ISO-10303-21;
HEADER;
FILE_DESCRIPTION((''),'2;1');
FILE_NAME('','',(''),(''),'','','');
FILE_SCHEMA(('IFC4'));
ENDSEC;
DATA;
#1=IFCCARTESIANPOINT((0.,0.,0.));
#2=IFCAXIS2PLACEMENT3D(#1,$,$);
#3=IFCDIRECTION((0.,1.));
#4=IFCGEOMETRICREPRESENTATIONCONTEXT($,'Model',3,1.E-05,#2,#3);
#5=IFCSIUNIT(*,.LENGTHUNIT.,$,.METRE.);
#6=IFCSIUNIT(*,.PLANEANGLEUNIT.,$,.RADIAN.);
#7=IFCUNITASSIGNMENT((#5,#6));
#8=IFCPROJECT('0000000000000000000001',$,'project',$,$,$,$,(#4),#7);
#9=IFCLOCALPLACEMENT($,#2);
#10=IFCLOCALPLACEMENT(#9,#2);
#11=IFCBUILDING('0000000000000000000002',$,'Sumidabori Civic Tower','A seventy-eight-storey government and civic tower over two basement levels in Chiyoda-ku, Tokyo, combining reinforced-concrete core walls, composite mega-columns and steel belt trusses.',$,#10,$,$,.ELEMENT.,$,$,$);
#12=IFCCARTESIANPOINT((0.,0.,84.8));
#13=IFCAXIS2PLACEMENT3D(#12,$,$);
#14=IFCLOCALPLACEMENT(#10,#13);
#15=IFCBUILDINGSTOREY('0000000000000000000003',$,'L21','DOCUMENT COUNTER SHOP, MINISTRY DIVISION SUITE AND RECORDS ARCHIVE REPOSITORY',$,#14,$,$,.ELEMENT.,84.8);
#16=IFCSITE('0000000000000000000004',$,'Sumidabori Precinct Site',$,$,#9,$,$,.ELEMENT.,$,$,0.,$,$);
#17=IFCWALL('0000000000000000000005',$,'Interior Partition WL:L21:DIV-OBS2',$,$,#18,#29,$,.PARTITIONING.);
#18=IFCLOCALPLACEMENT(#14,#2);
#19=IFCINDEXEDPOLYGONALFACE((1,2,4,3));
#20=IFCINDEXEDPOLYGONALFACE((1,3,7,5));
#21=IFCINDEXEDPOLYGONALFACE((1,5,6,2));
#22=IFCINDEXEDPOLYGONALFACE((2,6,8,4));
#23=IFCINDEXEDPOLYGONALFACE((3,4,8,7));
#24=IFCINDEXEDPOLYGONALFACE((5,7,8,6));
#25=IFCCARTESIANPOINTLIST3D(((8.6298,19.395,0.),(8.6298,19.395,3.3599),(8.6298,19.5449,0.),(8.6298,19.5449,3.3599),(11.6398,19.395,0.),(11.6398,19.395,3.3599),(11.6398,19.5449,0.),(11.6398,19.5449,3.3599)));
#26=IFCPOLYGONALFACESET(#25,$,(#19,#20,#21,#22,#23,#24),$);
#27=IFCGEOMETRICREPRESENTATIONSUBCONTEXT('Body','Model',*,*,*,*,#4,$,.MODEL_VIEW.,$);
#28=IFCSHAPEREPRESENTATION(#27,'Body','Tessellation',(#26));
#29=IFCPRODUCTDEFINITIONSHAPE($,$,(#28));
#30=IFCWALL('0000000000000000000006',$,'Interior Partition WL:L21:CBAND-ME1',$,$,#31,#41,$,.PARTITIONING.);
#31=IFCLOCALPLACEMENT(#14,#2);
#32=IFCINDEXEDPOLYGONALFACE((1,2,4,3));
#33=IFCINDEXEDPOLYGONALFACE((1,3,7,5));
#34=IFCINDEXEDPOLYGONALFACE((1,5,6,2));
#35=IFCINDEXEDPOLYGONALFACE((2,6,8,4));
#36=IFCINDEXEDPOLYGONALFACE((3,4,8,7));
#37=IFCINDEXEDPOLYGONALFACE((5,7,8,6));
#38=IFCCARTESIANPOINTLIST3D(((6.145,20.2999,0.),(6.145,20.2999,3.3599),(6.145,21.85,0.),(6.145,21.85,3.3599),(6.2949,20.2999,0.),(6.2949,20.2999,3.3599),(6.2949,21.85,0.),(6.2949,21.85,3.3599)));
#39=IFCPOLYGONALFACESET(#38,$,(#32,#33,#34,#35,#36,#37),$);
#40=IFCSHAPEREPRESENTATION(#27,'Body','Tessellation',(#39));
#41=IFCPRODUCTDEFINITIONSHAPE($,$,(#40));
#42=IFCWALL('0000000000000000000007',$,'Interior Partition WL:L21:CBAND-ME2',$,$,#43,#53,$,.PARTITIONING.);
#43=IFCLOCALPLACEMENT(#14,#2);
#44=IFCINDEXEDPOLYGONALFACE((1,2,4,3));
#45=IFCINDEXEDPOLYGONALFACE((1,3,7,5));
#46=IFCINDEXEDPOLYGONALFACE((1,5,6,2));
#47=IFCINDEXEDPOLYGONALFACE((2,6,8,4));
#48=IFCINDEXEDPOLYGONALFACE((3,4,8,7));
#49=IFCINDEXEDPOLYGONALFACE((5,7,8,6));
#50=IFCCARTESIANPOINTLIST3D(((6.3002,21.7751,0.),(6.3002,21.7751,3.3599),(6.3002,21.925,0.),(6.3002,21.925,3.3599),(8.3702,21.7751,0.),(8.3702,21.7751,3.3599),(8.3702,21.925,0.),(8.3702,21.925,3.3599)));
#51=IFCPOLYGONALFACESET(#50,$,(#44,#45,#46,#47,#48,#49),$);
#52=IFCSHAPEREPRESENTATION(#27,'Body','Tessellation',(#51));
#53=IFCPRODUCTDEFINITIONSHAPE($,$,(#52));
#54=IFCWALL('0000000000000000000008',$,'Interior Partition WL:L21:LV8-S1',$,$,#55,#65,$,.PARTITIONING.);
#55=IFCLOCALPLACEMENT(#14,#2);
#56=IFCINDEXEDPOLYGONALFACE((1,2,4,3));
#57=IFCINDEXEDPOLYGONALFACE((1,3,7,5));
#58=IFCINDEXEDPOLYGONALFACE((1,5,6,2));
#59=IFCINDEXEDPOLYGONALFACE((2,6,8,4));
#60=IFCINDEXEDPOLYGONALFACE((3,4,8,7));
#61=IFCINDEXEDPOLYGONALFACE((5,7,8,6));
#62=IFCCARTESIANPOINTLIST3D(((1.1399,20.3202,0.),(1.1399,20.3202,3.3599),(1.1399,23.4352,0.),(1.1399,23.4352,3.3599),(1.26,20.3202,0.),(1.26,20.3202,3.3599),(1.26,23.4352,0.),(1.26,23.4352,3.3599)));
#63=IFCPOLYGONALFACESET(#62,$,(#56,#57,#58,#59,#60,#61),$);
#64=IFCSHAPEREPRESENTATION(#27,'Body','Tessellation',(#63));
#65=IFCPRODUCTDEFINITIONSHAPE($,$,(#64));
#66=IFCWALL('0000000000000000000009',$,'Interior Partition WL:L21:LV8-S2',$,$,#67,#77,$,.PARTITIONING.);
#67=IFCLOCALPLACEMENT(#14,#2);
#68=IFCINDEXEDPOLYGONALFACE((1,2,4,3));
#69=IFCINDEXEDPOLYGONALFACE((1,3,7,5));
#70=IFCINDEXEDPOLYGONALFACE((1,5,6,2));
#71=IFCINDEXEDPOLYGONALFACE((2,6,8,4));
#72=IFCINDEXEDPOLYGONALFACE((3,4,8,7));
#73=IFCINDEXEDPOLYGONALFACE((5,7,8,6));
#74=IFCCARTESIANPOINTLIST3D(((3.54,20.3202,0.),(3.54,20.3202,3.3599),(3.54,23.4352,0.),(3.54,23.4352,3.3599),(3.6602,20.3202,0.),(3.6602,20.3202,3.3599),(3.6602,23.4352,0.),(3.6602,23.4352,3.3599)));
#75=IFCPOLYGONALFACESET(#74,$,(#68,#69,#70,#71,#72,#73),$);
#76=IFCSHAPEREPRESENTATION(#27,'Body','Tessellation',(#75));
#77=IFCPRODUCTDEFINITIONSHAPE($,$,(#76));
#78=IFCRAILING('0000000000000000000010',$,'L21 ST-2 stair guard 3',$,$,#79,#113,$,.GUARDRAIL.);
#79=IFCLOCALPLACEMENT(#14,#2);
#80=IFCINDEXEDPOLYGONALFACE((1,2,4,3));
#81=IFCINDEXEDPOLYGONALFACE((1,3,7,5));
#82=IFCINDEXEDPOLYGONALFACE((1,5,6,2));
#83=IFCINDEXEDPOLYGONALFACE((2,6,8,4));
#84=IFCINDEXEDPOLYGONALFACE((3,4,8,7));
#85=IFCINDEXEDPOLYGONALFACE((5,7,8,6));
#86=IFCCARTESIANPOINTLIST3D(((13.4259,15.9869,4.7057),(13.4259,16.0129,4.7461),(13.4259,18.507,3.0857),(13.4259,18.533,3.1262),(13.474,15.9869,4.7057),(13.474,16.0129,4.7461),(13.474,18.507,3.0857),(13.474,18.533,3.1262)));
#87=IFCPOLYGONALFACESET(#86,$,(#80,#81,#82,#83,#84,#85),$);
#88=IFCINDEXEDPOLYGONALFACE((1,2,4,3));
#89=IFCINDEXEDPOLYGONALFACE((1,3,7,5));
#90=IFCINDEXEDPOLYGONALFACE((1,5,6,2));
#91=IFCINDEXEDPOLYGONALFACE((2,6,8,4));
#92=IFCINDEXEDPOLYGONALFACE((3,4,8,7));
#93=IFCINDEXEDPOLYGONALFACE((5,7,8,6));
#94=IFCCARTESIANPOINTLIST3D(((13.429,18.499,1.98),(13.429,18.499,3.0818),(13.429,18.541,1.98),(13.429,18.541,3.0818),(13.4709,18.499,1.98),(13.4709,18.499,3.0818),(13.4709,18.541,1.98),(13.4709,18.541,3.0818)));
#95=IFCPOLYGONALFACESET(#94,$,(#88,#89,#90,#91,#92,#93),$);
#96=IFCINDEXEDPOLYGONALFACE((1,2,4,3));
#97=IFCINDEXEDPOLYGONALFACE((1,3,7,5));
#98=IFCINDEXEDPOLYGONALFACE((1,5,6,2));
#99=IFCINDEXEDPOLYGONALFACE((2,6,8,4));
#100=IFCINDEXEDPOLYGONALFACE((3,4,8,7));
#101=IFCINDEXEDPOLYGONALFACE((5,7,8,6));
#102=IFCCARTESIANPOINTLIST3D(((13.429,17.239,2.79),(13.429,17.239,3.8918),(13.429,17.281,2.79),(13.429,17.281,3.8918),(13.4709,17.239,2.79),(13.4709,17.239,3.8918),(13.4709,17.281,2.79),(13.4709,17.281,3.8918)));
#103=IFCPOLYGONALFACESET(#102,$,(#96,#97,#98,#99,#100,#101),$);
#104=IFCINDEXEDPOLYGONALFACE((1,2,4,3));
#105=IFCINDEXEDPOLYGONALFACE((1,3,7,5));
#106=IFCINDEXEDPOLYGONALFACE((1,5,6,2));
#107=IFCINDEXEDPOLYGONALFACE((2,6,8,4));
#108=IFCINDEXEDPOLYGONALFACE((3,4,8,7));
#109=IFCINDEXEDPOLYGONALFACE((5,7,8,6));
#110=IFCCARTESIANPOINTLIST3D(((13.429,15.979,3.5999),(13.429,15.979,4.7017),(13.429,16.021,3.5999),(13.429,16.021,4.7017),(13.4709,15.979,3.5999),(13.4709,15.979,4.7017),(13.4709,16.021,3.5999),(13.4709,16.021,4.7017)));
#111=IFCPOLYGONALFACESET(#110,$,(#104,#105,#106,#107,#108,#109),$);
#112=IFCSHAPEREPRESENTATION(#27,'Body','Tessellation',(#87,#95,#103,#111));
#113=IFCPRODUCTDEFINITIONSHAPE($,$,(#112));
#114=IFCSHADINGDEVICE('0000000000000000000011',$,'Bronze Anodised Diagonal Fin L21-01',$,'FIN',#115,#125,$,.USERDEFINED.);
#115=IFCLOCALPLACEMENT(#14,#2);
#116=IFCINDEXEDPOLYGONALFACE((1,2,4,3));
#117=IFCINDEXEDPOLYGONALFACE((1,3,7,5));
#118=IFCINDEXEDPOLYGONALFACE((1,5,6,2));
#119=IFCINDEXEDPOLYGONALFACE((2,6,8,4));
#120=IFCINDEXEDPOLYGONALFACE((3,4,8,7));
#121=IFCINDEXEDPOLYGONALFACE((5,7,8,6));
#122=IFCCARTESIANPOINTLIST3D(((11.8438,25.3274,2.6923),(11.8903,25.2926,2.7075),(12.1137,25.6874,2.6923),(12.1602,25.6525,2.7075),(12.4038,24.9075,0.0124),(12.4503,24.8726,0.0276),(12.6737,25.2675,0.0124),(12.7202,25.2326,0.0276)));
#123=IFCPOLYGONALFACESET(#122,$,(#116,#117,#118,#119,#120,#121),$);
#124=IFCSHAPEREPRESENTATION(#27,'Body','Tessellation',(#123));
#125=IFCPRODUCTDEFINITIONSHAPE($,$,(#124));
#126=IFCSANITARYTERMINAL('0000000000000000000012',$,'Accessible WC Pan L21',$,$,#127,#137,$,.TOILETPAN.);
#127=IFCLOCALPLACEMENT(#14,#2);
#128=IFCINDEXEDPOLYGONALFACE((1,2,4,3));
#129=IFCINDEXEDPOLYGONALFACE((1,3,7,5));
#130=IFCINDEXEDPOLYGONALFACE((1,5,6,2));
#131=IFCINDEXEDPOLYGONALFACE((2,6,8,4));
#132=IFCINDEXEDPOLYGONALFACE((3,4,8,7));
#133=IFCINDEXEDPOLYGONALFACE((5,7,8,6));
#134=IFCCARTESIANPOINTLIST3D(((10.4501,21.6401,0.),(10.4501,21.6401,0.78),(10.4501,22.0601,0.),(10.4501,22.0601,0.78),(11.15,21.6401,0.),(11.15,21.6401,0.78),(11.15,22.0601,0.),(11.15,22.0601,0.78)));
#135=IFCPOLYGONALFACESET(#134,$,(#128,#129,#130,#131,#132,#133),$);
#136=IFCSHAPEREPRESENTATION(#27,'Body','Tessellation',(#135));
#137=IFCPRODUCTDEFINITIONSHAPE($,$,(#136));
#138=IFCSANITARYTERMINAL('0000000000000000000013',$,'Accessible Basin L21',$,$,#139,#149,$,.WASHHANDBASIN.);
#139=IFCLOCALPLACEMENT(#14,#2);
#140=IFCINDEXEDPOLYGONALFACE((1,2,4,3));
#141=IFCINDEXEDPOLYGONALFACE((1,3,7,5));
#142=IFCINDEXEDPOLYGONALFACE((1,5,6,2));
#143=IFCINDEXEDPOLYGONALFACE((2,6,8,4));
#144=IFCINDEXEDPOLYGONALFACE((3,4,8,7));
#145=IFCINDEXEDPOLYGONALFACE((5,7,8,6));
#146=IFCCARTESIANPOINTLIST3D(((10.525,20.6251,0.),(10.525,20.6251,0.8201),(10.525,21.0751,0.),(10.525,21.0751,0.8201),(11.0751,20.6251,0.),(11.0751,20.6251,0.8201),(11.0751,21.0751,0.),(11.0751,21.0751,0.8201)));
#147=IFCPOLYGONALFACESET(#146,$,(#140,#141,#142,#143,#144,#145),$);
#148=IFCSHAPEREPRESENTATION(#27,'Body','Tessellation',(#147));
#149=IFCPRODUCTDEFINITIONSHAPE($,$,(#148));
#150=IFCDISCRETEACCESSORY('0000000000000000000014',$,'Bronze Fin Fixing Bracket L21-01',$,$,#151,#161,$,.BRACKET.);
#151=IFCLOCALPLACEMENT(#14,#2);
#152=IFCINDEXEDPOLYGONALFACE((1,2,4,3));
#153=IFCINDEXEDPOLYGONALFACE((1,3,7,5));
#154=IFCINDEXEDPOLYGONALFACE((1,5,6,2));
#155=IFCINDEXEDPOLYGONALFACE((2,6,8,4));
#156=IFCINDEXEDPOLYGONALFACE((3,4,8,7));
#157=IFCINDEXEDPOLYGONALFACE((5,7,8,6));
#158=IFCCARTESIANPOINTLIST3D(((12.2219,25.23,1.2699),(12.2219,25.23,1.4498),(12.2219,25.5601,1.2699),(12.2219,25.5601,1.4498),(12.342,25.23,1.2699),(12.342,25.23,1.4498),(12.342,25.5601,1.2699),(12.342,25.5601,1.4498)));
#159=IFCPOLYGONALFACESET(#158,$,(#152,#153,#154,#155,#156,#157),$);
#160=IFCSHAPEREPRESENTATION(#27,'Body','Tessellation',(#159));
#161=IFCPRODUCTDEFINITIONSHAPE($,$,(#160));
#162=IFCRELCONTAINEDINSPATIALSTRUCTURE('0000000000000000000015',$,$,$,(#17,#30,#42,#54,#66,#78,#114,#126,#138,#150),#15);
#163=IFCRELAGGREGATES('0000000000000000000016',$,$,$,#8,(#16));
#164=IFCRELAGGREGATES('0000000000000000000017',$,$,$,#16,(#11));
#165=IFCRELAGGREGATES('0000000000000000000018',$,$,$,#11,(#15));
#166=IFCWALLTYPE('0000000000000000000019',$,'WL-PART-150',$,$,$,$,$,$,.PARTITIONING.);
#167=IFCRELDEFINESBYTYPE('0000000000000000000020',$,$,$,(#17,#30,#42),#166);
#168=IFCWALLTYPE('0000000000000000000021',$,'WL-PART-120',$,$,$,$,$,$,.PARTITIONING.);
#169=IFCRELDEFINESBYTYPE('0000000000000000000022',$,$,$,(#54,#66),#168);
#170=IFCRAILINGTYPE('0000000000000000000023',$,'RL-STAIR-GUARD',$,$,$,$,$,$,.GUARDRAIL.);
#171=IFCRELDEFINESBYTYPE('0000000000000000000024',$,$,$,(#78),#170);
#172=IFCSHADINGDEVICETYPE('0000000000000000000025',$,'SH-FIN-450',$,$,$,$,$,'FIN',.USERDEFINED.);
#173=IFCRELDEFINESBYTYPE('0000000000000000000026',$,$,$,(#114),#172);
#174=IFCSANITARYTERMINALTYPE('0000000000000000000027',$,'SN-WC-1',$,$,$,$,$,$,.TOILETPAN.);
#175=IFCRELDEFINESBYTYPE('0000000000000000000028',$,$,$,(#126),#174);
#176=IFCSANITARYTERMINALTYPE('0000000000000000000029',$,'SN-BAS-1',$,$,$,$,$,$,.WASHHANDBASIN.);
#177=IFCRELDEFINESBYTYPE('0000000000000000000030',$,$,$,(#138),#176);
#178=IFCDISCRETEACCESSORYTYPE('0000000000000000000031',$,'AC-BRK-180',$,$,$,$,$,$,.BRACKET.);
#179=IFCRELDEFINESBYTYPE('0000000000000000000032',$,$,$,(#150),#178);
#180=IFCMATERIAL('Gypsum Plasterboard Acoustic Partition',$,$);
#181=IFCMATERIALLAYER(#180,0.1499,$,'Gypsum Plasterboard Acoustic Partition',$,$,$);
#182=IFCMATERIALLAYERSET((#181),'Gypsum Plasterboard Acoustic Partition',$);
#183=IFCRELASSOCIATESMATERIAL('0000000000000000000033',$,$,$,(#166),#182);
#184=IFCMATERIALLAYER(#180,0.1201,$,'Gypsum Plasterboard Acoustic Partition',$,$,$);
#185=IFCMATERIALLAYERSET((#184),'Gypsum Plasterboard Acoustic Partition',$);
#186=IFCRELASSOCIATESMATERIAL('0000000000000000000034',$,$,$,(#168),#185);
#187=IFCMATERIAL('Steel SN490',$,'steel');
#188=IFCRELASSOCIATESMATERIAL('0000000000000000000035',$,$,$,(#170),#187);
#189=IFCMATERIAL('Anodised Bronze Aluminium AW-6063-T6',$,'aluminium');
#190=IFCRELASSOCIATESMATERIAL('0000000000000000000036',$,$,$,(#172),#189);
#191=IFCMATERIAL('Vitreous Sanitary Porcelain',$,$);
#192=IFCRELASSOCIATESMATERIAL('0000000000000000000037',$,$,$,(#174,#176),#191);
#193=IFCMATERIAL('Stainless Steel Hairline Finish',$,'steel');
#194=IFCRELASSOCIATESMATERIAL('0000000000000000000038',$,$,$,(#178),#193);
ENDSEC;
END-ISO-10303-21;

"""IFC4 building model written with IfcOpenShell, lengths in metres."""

from ifc_helpers import new_model, si_unit, direction, frame, frame_2d, origin, origin_2d, place, context, subcontext, project, spatial, rectangle, extrude, source, transform, mapped, material, layer, layer_set, material_profile, profile_set, type_object, element, save


model = new_model("IFC4")

# Units and contexts
model_context = context("Model", 3, precision=1e-05, world=origin(), true_north=direction((0.0, 1.0)))
body_context = subcontext(model_context, "Body", "Model", "MODEL_VIEW")
ifc_project = project(units=[si_unit("LENGTHUNIT", "METRE"), si_unit("PLANEANGLEUNIT", "RADIAN")], contexts=[model_context])

# Site, building, storey
site_placement = place(None, origin())
site = spatial("IfcSite", under=ifc_project, at=site_placement, Name="Sumidabori Precinct Site", CompositionType="ELEMENT", RefElevation=0.0)
building_placement = place(site_placement, origin())
building = spatial("IfcBuilding", under=site, at=building_placement, Name="Sumidabori Civic Tower", Description="A seventy-eight-storey government and civic tower over two basement levels in Chiyoda-ku, Tokyo, combining reinforced-concrete core walls, composite mega-columns and steel belt trusses.", CompositionType="ELEMENT")
storey_placement = place(building_placement, frame((0.0, 0.0, 84.8)))
storey = spatial("IfcBuildingStorey", under=building, at=storey_placement, Name="L21", Description="DOCUMENT COUNTER SHOP, MINISTRY DIVISION SUITE AND RECORDS ARCHIVE REPOSITORY", CompositionType="ELEMENT", Elevation=84.8)

# Shared definitions
ifc_material_1 = material(Name="Steel SN490", Category="steel")

# Shared definitions
ifc_material_2 = material(Name="Anodised Bronze Aluminium AW-6063-T6", Category="aluminium")

# Walls
ifc_material_3 = material(Name="Gypsum Plasterboard Acoustic Partition")
ifc_layer_1 = layer(ifc_material_3, 0.1499, Name="Gypsum Plasterboard Acoustic Partition")
ifc_layer_set_1 = layer_set([ifc_layer_1], Name="Gypsum Plasterboard Acoustic Partition")
wall_type_1 = type_object("IfcWallType", Name="WL-PART-150", PredefinedType="PARTITIONING", material=ifc_layer_set_1)
shared_shape_1 = source(origin(), body_context, "Body", "SweptSolid", [
    extrude(rectangle(XDim=3.01, YDim=0.1499, at=frame_2d((1.5049, 0.0))), origin(), (0.0, 0.0, 1.0), 3.3599),
])
wall_1_placement = place(storey_placement, frame((8.6299, 19.47, 0.0), z_axis=(0.0, 0.0, 1.0), x_axis=(1.0, 0.0, 0.0)))
element("IfcWall", 1, at=wall_1_placement, inside=storey, type_object=wall_type_1, Name="Interior Partition WL:L21:DIV-OBS2", PredefinedType="PARTITIONING", context=body_context, shape_type="MappedRepresentation", body=[
    mapped(shared_shape_1, transform((0.0, 0.0, 0.0), x_axis=(1.0, 0.0, 0.0), y_axis=(0.0, 1.0, 0.0), z_axis=(0.0, 0.0, 1.0), scale=1.0)),
])
shared_shape_2 = source(origin(), body_context, "Body", "SweptSolid", [
    extrude(rectangle(XDim=1.55, YDim=0.1499, at=frame_2d((0.7749, 0.0))), origin(), (0.0, 0.0, 1.0), 3.3599),
])
wall_2_placement = place(storey_placement, frame((6.22, 20.3, 0.0), z_axis=(0.0, 0.0, 1.0), x_axis=(0.0, 1.0, 0.0)))
element("IfcWall", 2, at=wall_2_placement, inside=storey, type_object=wall_type_1, Name="Interior Partition WL:L21:CBAND-ME1", PredefinedType="PARTITIONING", context=body_context, shape_type="MappedRepresentation", body=[
    mapped(shared_shape_2, transform((0.0, 0.0, 0.0), x_axis=(1.0, 0.0, 0.0), y_axis=(0.0, 1.0, 0.0), z_axis=(0.0, 0.0, 1.0), scale=1.0)),
])
shared_shape_3 = source(origin(), body_context, "Body", "SweptSolid", [
    extrude(rectangle(XDim=2.0701, YDim=0.1499, at=frame_2d((1.0352, 0.0))), origin(), (0.0, 0.0, 1.0), 3.3599),
])
wall_3_placement = place(storey_placement, frame((6.3, 21.8501, 0.0), z_axis=(0.0, 0.0, 1.0), x_axis=(1.0, 0.0, 0.0)))
element("IfcWall", 3, at=wall_3_placement, inside=storey, type_object=wall_type_1, Name="Interior Partition WL:L21:CBAND-ME2", PredefinedType="PARTITIONING", context=body_context, shape_type="MappedRepresentation", body=[
    mapped(shared_shape_3, transform((0.0, 0.0, 0.0), x_axis=(1.0, 0.0, 0.0), y_axis=(0.0, 1.0, 0.0), z_axis=(0.0, 0.0, 1.0), scale=1.0)),
])
ifc_layer_2 = layer(ifc_material_3, 0.1201, Name="Gypsum Plasterboard Acoustic Partition")
ifc_layer_set_2 = layer_set([ifc_layer_2], Name="Gypsum Plasterboard Acoustic Partition")
wall_type_2 = type_object("IfcWallType", Name="WL-PART-120", PredefinedType="PARTITIONING", material=ifc_layer_set_2)
shared_shape_4 = source(origin(), body_context, "Body", "SweptSolid", [
    extrude(rectangle(XDim=3.115, YDim=0.1201, at=frame_2d((1.5576, 0.0))), origin(), (0.0, 0.0, 1.0), 3.3599),
])
for number, where, z_axis, x_axis, name in (
    (4, (1.2, 20.3201, 0.0), (0.0, 0.0, 1.0), (0.0, 1.0, 0.0), "Interior Partition WL:L21:LV8-S1"),
    (5, (3.6001, 20.3201, 0.0), (0.0, 0.0, 1.0), (0.0, 1.0, 0.0), "Interior Partition WL:L21:LV8-S2"),
):
    element("IfcWall", number, at=place(storey_placement, frame(where, z_axis=z_axis, x_axis=x_axis)), inside=storey, type_object=wall_type_2, Name=name, PredefinedType="PARTITIONING", context=body_context, shape_type="MappedRepresentation", body=[
        mapped(shared_shape_4, transform((0.0, 0.0, 0.0), x_axis=(1.0, 0.0, 0.0), y_axis=(0.0, 1.0, 0.0), z_axis=(0.0, 0.0, 1.0), scale=1.0)),
    ])

# Railing
railing_type = type_object("IfcRailingType", Name="RL-STAIR-GUARD", PredefinedType="GUARDRAIL", material=ifc_material_1)
railing_placement = place(storey_placement, frame((13.45, 18.52, 1.98)))
element("IfcRailing", 6, at=railing_placement, inside=storey, type_object=railing_type, Name="L21 ST-2 stair guard 3", PredefinedType="GUARDRAIL", context=body_context, shape_type="SweptSolid", body=[
    extrude(rectangle(XDim=0.0481, YDim=0.0481, at=origin_2d()), frame((0.0, 0.0, 1.126), z_axis=(0.0, -0.8412, 0.540725), x_axis=(1.0, 0.0, 0.0)), (0.0, 0.0, 1.0), 2.9958),
    extrude(rectangle(XDim=0.042, YDim=0.042, at=origin_2d()), origin(), (0.0, 0.0, 1.0), 1.1018),
    extrude(rectangle(XDim=0.042, YDim=0.042, at=origin_2d()), frame((0.0, -1.26, 0.8101)), (0.0, 0.0, 1.0), 1.1018),
    extrude(rectangle(XDim=0.042, YDim=0.042, at=origin_2d()), frame((0.0, -2.52, 1.6199)), (0.0, 0.0, 1.0), 1.1018),
])

# Shading device
ifc_material_profile_1 = material_profile(ifc_material_2, rectangle(XDim=0.0601, YDim=0.45, at=origin_2d()), Name="BRONZE FIN 450x60")
ifc_profile_set_1 = profile_set([ifc_material_profile_1], Name="Anodised Bronze Aluminium AW-6063-T6")
shading_device_type = type_object("IfcShadingDeviceType", Name="SH-FIN-450", ElementType="FIN", PredefinedType="USERDEFINED", material=ifc_profile_set_1)
shared_shape_5 = source(origin(), body_context, "Body", "SweptSolid", [
    extrude(rectangle(XDim=0.0601, YDim=0.45, at=origin_2d()), origin(), (0.0, 0.0, 1.0), 2.7698),
])
shading_device_placement = place(storey_placement, frame((12.562, 25.0701, 0.02), z_axis=(-0.202199, 0.151605, 0.967539), x_axis=(0.774112, -0.580415, 0.252722)))
element("IfcShadingDevice", 7, at=shading_device_placement, inside=storey, type_object=shading_device_type, Name="Bronze Anodised Diagonal Fin L21-01", ObjectType="FIN", PredefinedType="USERDEFINED", context=body_context, shape_type="MappedRepresentation", body=[
    mapped(shared_shape_5, transform((0.0, 0.0, 0.0), x_axis=(1.0, 0.0, 0.0), y_axis=(0.0, 1.0, 0.0), z_axis=(0.0, 0.0, 1.0), scale=1.0)),
])

# Sanitary terminals
ifc_material_4 = material(Name="Vitreous Sanitary Porcelain")
sanitary_terminal_type_1 = type_object("IfcSanitaryTerminalType", Name="SN-WC-1", PredefinedType="TOILETPAN", material=ifc_material_4)
shared_shape_6 = source(origin(), body_context, "Body", "SweptSolid", [
    extrude(rectangle(XDim=0.7, YDim=0.4199, at=origin_2d()), origin(), (0.0, 0.0, 1.0), 0.78),
])
sanitary_terminal_1_placement = place(storey_placement, frame((10.8, 21.8501, 0.0), z_axis=(0.0, 0.0, 1.0), x_axis=(1.0, 0.0, 0.0)))
element("IfcSanitaryTerminal", 8, at=sanitary_terminal_1_placement, inside=storey, type_object=sanitary_terminal_type_1, Name="Accessible WC Pan L21", PredefinedType="TOILETPAN", context=body_context, shape_type="MappedRepresentation", body=[
    mapped(shared_shape_6, transform((0.0, 0.0, 0.0), x_axis=(1.0, 0.0, 0.0), y_axis=(0.0, 1.0, 0.0), z_axis=(0.0, 0.0, 1.0), scale=1.0)),
])
sanitary_terminal_type_2 = type_object("IfcSanitaryTerminalType", Name="SN-BAS-1", PredefinedType="WASHHANDBASIN", material=ifc_material_4)
shared_shape_7 = source(origin(), body_context, "Body", "SweptSolid", [
    extrude(rectangle(XDim=0.55, YDim=0.45, at=origin_2d()), origin(), (0.0, 0.0, 1.0), 0.8201),
])
sanitary_terminal_2_placement = place(storey_placement, frame((10.8, 20.8501, 0.0), z_axis=(0.0, 0.0, 1.0), x_axis=(1.0, 0.0, 0.0)))
element("IfcSanitaryTerminal", 9, at=sanitary_terminal_2_placement, inside=storey, type_object=sanitary_terminal_type_2, Name="Accessible Basin L21", PredefinedType="WASHHANDBASIN", context=body_context, shape_type="MappedRepresentation", body=[
    mapped(shared_shape_7, transform((0.0, 0.0, 0.0), x_axis=(1.0, 0.0, 0.0), y_axis=(0.0, 1.0, 0.0), z_axis=(0.0, 0.0, 1.0), scale=1.0)),
])

# Discrete accessory
ifc_material_5 = material(Name="Stainless Steel Hairline Finish", Category="steel")
ifc_material_profile_2 = material_profile(ifc_material_5, rectangle(XDim=0.1201, YDim=0.1799, at=origin_2d()), Name="STEEL BRACKET 180x120")
ifc_profile_set_2 = profile_set([ifc_material_profile_2], Name="Stainless Steel Hairline Finish")
discrete_accessory_type = type_object("IfcDiscreteAccessoryType", Name="AC-BRK-180", PredefinedType="BRACKET", material=ifc_profile_set_2)
shared_shape_8 = source(origin(), body_context, "Body", "SweptSolid", [
    extrude(rectangle(XDim=0.1201, YDim=0.1799, at=origin_2d()), origin(), (0.0, 0.0, 1.0), 0.3301),
])
discrete_accessory_placement = place(storey_placement, frame((12.282, 25.23, 1.3599), z_axis=(0.0, 1.0, 0.0), x_axis=(-1.0, 0.0, 0.0)))
element("IfcDiscreteAccessory", 10, at=discrete_accessory_placement, inside=storey, type_object=discrete_accessory_type, Name="Bronze Fin Fixing Bracket L21-01", PredefinedType="BRACKET", context=body_context, shape_type="MappedRepresentation", body=[
    mapped(shared_shape_8, transform((0.0, 0.0, 0.0), x_axis=(1.0, 0.0, 0.0), y_axis=(0.0, 1.0, 0.0), z_axis=(0.0, 0.0, 1.0), scale=1.0)),
])

save(model, "model.ifc")
